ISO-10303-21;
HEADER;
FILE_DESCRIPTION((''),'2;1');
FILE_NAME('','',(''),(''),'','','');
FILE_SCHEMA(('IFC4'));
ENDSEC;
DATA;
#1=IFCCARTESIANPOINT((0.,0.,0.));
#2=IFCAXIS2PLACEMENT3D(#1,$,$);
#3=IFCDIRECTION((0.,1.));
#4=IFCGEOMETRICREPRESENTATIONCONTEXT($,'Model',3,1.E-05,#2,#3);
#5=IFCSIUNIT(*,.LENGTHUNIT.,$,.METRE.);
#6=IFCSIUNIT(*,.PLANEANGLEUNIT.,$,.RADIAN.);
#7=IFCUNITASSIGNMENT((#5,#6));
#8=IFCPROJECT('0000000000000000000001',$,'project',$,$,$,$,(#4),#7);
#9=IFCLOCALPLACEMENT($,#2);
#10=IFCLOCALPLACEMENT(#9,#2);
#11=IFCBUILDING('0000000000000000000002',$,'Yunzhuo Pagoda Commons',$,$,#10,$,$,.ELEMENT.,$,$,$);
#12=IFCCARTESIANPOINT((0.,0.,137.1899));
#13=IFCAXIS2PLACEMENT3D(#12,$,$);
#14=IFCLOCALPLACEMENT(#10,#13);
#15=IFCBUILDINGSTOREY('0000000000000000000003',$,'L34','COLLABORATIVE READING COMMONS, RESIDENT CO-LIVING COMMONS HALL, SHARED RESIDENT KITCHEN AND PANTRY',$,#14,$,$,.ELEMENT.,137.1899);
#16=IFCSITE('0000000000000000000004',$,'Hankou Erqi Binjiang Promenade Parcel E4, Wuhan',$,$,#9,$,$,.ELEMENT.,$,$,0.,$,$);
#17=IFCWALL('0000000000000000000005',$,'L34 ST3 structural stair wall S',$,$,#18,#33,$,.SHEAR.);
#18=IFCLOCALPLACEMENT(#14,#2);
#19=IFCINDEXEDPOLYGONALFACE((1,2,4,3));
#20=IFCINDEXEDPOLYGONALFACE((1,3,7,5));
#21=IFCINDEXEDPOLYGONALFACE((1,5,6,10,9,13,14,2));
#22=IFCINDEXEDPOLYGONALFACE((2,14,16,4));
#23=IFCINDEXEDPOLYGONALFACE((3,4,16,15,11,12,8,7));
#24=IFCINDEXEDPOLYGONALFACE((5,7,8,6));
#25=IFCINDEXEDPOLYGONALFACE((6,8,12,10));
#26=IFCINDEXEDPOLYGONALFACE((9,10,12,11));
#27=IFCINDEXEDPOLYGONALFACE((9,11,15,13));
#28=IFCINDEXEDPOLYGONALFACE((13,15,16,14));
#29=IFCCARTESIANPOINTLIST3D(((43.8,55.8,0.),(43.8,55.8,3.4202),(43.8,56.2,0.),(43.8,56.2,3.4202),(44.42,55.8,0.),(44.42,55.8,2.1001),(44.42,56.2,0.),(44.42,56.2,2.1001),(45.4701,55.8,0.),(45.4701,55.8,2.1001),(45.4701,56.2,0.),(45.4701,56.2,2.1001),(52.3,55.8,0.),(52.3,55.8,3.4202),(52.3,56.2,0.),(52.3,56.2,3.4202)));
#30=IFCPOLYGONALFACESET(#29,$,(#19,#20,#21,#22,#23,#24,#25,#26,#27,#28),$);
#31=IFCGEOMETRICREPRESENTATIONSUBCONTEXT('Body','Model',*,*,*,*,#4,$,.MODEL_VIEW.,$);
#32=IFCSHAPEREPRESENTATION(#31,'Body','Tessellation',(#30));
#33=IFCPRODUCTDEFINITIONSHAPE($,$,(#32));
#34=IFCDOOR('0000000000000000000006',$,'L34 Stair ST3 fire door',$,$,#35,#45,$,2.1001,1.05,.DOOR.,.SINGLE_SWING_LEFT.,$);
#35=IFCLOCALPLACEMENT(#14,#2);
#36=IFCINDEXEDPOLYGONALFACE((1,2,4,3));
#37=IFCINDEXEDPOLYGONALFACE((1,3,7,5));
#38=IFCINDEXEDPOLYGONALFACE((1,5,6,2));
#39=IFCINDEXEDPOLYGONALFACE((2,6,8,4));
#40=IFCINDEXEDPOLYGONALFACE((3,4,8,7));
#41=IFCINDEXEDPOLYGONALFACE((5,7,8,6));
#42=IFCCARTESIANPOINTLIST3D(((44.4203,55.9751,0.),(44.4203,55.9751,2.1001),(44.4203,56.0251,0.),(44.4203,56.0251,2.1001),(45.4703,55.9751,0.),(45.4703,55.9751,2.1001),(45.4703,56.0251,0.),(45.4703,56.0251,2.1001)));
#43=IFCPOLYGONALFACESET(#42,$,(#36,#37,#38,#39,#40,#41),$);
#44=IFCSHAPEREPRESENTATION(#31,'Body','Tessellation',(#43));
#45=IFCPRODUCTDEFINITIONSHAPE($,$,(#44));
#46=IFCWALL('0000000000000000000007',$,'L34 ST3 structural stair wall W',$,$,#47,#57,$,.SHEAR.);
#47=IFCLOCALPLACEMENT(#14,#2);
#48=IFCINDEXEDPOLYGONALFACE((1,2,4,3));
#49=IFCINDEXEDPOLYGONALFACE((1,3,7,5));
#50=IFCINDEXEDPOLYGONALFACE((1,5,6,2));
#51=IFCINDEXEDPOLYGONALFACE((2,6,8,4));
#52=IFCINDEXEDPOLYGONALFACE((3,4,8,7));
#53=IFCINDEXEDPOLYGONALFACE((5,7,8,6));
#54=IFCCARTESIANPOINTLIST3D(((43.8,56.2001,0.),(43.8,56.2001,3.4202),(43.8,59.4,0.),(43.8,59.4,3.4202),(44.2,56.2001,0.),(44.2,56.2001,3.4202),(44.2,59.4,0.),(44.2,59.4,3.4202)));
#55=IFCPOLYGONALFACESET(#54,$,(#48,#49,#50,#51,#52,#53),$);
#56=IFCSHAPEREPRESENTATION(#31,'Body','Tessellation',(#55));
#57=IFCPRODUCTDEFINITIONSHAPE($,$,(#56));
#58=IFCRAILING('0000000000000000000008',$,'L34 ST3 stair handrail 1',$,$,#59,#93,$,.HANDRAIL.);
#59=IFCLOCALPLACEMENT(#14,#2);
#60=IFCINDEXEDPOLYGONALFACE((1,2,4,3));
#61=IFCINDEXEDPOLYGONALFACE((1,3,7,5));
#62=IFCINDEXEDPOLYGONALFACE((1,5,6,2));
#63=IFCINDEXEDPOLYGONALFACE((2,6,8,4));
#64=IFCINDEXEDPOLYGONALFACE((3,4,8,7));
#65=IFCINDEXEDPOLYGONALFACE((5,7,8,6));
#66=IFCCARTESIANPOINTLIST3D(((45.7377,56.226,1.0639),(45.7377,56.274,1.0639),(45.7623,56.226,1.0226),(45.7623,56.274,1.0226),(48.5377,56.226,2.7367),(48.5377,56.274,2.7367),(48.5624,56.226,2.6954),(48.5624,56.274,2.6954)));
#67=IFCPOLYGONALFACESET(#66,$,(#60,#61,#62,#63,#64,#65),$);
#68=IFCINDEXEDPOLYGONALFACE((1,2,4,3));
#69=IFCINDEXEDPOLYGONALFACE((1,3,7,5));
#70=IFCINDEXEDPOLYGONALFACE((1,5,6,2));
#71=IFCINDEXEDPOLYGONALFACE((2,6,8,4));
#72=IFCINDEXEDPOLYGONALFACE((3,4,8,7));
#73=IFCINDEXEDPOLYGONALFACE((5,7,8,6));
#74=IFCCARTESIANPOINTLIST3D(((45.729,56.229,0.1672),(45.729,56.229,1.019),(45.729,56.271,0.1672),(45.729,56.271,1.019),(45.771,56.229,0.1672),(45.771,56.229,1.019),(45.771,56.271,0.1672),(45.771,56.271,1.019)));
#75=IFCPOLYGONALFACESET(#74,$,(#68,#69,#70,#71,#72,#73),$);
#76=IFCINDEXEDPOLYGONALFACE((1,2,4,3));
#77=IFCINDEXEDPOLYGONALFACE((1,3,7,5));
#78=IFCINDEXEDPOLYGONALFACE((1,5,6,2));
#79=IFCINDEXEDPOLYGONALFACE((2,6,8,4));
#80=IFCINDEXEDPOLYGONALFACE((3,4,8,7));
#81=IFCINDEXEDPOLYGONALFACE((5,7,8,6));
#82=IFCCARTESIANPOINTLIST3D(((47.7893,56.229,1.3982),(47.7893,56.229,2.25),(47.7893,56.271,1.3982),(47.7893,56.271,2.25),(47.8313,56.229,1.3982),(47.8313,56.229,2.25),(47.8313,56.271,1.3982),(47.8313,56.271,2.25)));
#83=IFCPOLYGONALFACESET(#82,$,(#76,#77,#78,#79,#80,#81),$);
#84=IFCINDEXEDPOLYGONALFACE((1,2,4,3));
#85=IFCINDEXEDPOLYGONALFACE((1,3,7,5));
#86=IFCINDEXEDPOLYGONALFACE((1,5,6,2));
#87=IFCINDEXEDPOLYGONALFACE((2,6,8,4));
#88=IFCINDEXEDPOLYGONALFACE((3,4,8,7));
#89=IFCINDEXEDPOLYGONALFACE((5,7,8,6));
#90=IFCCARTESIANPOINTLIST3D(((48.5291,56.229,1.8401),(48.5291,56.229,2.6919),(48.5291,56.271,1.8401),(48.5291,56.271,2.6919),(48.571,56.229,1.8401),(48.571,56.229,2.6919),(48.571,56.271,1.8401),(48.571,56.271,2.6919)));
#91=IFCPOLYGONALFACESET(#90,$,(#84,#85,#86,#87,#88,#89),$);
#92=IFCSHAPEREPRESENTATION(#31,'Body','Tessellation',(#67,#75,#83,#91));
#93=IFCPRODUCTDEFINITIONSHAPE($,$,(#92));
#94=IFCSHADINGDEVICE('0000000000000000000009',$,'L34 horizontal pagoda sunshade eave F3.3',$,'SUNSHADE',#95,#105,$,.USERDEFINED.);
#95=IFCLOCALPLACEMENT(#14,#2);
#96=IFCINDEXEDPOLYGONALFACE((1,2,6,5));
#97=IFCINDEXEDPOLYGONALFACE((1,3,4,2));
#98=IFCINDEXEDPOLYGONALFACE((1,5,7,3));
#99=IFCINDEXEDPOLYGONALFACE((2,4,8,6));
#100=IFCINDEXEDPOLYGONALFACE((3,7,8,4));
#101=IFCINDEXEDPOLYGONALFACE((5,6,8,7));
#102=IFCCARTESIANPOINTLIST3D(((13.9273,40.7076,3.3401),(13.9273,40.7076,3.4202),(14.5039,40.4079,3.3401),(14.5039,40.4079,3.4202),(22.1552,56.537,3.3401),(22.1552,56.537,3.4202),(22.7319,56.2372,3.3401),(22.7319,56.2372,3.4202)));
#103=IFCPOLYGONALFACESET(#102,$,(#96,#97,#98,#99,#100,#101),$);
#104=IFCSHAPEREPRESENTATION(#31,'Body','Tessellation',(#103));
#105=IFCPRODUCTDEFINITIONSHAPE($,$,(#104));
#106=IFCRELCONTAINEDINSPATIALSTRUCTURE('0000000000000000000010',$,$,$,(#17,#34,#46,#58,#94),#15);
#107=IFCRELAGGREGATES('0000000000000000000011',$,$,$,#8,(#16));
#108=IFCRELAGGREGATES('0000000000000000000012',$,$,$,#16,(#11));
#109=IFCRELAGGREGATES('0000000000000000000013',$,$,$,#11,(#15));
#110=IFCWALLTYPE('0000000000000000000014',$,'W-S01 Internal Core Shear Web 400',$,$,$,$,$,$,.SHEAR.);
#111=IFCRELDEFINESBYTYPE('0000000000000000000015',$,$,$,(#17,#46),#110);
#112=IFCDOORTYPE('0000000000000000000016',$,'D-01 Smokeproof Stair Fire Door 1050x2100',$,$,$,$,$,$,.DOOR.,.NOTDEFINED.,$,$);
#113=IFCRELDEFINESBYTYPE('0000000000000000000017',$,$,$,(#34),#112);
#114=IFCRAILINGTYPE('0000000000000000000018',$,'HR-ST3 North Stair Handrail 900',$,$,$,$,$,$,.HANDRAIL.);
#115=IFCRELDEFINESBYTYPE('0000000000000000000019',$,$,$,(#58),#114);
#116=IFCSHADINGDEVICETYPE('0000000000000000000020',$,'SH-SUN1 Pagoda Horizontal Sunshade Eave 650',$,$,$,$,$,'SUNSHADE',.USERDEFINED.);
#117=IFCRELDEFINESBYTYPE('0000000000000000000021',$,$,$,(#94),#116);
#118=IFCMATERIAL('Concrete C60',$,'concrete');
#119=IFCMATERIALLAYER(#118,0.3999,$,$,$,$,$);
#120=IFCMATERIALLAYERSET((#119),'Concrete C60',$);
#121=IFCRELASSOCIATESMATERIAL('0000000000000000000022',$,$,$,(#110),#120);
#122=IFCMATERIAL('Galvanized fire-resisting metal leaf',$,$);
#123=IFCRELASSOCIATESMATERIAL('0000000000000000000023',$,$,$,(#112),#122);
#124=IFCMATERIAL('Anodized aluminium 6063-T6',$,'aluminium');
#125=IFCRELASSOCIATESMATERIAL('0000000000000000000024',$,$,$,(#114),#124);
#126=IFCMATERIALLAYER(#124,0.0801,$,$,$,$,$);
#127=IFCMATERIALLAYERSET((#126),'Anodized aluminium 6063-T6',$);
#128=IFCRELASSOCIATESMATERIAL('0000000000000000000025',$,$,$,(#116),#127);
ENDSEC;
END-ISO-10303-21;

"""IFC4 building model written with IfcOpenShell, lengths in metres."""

from ifc_helpers import new_model, si_unit, direction, frame, frame_2d, origin, origin_2d, place, context, subcontext, project, spatial, rectangle, extrude, source, transform, mapped, material, layer, layer_set, type_object, element, fill, save


model = new_model("IFC4")

# Units and contexts
model_context = context("Model", 3, precision=1e-05, world=origin(), true_north=direction((0.0, 1.0)))
body_context = subcontext(model_context, "Body", "Model", "MODEL_VIEW")
ifc_project = project(units=[si_unit("LENGTHUNIT", "METRE"), si_unit("PLANEANGLEUNIT", "RADIAN")], contexts=[model_context])

# Site, building, storey
site_placement = place(None, origin())
site = spatial("IfcSite", under=ifc_project, at=site_placement, Name="Hankou Erqi Binjiang Promenade Parcel E4, Wuhan", CompositionType="ELEMENT", RefElevation=0.0)
building_placement = place(site_placement, origin())
building = spatial("IfcBuilding", under=site, at=building_placement, Name="Yunzhuo Pagoda Commons", CompositionType="ELEMENT")
storey_placement = place(building_placement, frame((0.0, 0.0, 137.1899)))
storey = spatial("IfcBuildingStorey", under=building, at=storey_placement, Name="L34", Description="COLLABORATIVE READING COMMONS, RESIDENT CO-LIVING COMMONS HALL, SHARED RESIDENT KITCHEN AND PANTRY", CompositionType="ELEMENT", Elevation=137.1899)

# Shared definitions
ifc_material_1 = material(Name="Anodized aluminium 6063-T6", Category="aluminium")

# Shared definitions
ifc_material_2 = material(Name="Galvanized fire-resisting metal leaf")

# Wall, opening, door
ifc_material_3 = material(Name="Concrete C60", Category="concrete")
ifc_layer_1 = layer(ifc_material_3, 0.3999)
ifc_layer_set_1 = layer_set([ifc_layer_1], Name="Concrete C60")
wall_type_1 = type_object("IfcWallType", Name="W-S01 Internal Core Shear Web 400", PredefinedType="SHEAR", material=ifc_layer_set_1)
wall_1_placement = place(storey_placement, frame((43.8, 56.0, 0.0), z_axis=(0.0, 0.0, 1.0), x_axis=(1.0, 0.0, 0.0)))
wall_1 = element("IfcWall", 1, at=wall_1_placement, inside=storey, type_object=wall_type_1, Name="L34 ST3 structural stair wall S", PredefinedType="SHEAR", context=body_context, shape_type="SweptSolid", body=[
    extrude(rectangle(XDim=8.5, YDim=0.3999, at=frame_2d((4.25, 0.0))), origin(), (0.0, 0.0, 1.0), 3.4202),
])
opening_1_placement = place(wall_1_placement, frame((0.6201, 0.0, 0.0)))
opening_1 = element("IfcOpeningElement", 2, at=opening_1_placement, cuts=wall_1, PredefinedType="OPENING", context=body_context, shape_type="SweptSolid", body=[
    extrude(rectangle(XDim=1.05, YDim=2.1001, at=frame_2d((0.5249, 1.05))), frame((0.0, 0.21, 0.0), z_axis=(0.0, -1.0, 0.0), x_axis=(1.0, 0.0, 0.0)), (0.0, 0.0, 1.0), 0.4199),
])
door_type_1 = type_object("IfcDoorType", Name="D-01 Smokeproof Stair Fire Door 1050x2100", OperationType="NOTDEFINED", PredefinedType="DOOR", material=ifc_material_2)
shared_shape_1 = source(origin(), body_context, "Body", "SweptSolid", [
    extrude(rectangle(XDim=1.05, YDim=2.1001, at=frame_2d((0.5249, 1.05))), frame((0.0, 0.0249, 0.0), z_axis=(0.0, -1.0, 0.0), x_axis=(1.0, 0.0, 0.0)), (0.0, 0.0, 1.0), 0.05),
])
door_1_placement = place(opening_1_placement, frame((1.05, 0.0, 0.0), z_axis=(0.0, 0.0, 1.0), x_axis=(-1.0, 0.0, 0.0)))
door_1 = element("IfcDoor", 3, at=door_1_placement, inside=storey, type_object=door_type_1, Name="L34 Stair ST3 fire door", OperationType="SINGLE_SWING_LEFT", OverallHeight=2.1001, OverallWidth=1.05, PredefinedType="DOOR", context=body_context, shape_type="MappedRepresentation", body=[
    mapped(shared_shape_1, transform((0.0, 0.0, 0.0), scale=1.0)),
])
fill(opening_1, door_1)

# Wall
wall_2_placement = place(storey_placement, frame((44.0, 56.2, 0.0), z_axis=(0.0, 0.0, 1.0), x_axis=(0.0, 1.0, 0.0)))
element("IfcWall", 4, at=wall_2_placement, inside=storey, type_object=wall_type_1, Name="L34 ST3 structural stair wall W", PredefinedType="SHEAR", context=body_context, shape_type="SweptSolid", body=[
    extrude(rectangle(XDim=3.2, YDim=0.3999, at=frame_2d((1.6001, 0.0))), origin(), (0.0, 0.0, 1.0), 3.4202),
])

# Railing
railing_type = type_object("IfcRailingType", Name="HR-ST3 North Stair Handrail 900", PredefinedType="HANDRAIL", material=ifc_material_1)
railing_placement = place(storey_placement, frame((45.75, 56.25, 0.1672)))
element("IfcRailing", 5, at=railing_placement, inside=storey, type_object=railing_type, Name="L34 ST3 stair handrail 1", PredefinedType="HANDRAIL", context=body_context, shape_type="SweptSolid", body=[
    extrude(rectangle(XDim=0.0481, YDim=0.0481, at=origin_2d()), frame((0.0, 0.0, 0.876), z_axis=(0.858462, 0.0, 0.512877), x_axis=(0.0, 1.0, 0.0)), (0.0, 0.0, 1.0), 3.2617),
    extrude(rectangle(XDim=0.042, YDim=0.042, at=origin_2d()), origin(), (0.0, 0.0, 1.0), 0.8518),
    extrude(rectangle(XDim=0.042, YDim=0.042, at=origin_2d()), frame((2.0603, 0.0, 1.231)), (0.0, 0.0, 1.0), 0.8518),
    extrude(rectangle(XDim=0.042, YDim=0.042, at=origin_2d()), frame((2.8, 0.0, 1.6729)), (0.0, 0.0, 1.0), 0.8518),
])

# Shading device
ifc_layer_2 = layer(ifc_material_1, 0.0801)
ifc_layer_set_2 = layer_set([ifc_layer_2], Name="Anodized aluminium 6063-T6")
shading_device_type = type_object("IfcShadingDeviceType", Name="SH-SUN1 Pagoda Horizontal Sunshade Eave 650", ElementType="SUNSHADE", PredefinedType="USERDEFINED", material=ifc_layer_set_2)
shared_shape_2 = source(origin(), body_context, "Body", "SweptSolid", [
    extrude(rectangle(XDim=17.8401, YDim=0.6499, at=origin_2d()), origin(), (0.0, 0.0, 1.0), 0.0801),
])
shading_device_placement = place(storey_placement, frame((18.3296, 48.4724, 3.3401), z_axis=(0.0, 0.0, 1.0), x_axis=(-0.461207, -0.887293, 0.0)))
element("IfcShadingDevice", 6, at=shading_device_placement, inside=storey, type_object=shading_device_type, Name="L34 horizontal pagoda sunshade eave F3.3", ObjectType="SUNSHADE", PredefinedType="USERDEFINED", context=body_context, shape_type="MappedRepresentation", body=[
    mapped(shared_shape_2, transform((0.0, 0.0, 0.0), scale=1.0)),
])

save(model, "model.ifc")
